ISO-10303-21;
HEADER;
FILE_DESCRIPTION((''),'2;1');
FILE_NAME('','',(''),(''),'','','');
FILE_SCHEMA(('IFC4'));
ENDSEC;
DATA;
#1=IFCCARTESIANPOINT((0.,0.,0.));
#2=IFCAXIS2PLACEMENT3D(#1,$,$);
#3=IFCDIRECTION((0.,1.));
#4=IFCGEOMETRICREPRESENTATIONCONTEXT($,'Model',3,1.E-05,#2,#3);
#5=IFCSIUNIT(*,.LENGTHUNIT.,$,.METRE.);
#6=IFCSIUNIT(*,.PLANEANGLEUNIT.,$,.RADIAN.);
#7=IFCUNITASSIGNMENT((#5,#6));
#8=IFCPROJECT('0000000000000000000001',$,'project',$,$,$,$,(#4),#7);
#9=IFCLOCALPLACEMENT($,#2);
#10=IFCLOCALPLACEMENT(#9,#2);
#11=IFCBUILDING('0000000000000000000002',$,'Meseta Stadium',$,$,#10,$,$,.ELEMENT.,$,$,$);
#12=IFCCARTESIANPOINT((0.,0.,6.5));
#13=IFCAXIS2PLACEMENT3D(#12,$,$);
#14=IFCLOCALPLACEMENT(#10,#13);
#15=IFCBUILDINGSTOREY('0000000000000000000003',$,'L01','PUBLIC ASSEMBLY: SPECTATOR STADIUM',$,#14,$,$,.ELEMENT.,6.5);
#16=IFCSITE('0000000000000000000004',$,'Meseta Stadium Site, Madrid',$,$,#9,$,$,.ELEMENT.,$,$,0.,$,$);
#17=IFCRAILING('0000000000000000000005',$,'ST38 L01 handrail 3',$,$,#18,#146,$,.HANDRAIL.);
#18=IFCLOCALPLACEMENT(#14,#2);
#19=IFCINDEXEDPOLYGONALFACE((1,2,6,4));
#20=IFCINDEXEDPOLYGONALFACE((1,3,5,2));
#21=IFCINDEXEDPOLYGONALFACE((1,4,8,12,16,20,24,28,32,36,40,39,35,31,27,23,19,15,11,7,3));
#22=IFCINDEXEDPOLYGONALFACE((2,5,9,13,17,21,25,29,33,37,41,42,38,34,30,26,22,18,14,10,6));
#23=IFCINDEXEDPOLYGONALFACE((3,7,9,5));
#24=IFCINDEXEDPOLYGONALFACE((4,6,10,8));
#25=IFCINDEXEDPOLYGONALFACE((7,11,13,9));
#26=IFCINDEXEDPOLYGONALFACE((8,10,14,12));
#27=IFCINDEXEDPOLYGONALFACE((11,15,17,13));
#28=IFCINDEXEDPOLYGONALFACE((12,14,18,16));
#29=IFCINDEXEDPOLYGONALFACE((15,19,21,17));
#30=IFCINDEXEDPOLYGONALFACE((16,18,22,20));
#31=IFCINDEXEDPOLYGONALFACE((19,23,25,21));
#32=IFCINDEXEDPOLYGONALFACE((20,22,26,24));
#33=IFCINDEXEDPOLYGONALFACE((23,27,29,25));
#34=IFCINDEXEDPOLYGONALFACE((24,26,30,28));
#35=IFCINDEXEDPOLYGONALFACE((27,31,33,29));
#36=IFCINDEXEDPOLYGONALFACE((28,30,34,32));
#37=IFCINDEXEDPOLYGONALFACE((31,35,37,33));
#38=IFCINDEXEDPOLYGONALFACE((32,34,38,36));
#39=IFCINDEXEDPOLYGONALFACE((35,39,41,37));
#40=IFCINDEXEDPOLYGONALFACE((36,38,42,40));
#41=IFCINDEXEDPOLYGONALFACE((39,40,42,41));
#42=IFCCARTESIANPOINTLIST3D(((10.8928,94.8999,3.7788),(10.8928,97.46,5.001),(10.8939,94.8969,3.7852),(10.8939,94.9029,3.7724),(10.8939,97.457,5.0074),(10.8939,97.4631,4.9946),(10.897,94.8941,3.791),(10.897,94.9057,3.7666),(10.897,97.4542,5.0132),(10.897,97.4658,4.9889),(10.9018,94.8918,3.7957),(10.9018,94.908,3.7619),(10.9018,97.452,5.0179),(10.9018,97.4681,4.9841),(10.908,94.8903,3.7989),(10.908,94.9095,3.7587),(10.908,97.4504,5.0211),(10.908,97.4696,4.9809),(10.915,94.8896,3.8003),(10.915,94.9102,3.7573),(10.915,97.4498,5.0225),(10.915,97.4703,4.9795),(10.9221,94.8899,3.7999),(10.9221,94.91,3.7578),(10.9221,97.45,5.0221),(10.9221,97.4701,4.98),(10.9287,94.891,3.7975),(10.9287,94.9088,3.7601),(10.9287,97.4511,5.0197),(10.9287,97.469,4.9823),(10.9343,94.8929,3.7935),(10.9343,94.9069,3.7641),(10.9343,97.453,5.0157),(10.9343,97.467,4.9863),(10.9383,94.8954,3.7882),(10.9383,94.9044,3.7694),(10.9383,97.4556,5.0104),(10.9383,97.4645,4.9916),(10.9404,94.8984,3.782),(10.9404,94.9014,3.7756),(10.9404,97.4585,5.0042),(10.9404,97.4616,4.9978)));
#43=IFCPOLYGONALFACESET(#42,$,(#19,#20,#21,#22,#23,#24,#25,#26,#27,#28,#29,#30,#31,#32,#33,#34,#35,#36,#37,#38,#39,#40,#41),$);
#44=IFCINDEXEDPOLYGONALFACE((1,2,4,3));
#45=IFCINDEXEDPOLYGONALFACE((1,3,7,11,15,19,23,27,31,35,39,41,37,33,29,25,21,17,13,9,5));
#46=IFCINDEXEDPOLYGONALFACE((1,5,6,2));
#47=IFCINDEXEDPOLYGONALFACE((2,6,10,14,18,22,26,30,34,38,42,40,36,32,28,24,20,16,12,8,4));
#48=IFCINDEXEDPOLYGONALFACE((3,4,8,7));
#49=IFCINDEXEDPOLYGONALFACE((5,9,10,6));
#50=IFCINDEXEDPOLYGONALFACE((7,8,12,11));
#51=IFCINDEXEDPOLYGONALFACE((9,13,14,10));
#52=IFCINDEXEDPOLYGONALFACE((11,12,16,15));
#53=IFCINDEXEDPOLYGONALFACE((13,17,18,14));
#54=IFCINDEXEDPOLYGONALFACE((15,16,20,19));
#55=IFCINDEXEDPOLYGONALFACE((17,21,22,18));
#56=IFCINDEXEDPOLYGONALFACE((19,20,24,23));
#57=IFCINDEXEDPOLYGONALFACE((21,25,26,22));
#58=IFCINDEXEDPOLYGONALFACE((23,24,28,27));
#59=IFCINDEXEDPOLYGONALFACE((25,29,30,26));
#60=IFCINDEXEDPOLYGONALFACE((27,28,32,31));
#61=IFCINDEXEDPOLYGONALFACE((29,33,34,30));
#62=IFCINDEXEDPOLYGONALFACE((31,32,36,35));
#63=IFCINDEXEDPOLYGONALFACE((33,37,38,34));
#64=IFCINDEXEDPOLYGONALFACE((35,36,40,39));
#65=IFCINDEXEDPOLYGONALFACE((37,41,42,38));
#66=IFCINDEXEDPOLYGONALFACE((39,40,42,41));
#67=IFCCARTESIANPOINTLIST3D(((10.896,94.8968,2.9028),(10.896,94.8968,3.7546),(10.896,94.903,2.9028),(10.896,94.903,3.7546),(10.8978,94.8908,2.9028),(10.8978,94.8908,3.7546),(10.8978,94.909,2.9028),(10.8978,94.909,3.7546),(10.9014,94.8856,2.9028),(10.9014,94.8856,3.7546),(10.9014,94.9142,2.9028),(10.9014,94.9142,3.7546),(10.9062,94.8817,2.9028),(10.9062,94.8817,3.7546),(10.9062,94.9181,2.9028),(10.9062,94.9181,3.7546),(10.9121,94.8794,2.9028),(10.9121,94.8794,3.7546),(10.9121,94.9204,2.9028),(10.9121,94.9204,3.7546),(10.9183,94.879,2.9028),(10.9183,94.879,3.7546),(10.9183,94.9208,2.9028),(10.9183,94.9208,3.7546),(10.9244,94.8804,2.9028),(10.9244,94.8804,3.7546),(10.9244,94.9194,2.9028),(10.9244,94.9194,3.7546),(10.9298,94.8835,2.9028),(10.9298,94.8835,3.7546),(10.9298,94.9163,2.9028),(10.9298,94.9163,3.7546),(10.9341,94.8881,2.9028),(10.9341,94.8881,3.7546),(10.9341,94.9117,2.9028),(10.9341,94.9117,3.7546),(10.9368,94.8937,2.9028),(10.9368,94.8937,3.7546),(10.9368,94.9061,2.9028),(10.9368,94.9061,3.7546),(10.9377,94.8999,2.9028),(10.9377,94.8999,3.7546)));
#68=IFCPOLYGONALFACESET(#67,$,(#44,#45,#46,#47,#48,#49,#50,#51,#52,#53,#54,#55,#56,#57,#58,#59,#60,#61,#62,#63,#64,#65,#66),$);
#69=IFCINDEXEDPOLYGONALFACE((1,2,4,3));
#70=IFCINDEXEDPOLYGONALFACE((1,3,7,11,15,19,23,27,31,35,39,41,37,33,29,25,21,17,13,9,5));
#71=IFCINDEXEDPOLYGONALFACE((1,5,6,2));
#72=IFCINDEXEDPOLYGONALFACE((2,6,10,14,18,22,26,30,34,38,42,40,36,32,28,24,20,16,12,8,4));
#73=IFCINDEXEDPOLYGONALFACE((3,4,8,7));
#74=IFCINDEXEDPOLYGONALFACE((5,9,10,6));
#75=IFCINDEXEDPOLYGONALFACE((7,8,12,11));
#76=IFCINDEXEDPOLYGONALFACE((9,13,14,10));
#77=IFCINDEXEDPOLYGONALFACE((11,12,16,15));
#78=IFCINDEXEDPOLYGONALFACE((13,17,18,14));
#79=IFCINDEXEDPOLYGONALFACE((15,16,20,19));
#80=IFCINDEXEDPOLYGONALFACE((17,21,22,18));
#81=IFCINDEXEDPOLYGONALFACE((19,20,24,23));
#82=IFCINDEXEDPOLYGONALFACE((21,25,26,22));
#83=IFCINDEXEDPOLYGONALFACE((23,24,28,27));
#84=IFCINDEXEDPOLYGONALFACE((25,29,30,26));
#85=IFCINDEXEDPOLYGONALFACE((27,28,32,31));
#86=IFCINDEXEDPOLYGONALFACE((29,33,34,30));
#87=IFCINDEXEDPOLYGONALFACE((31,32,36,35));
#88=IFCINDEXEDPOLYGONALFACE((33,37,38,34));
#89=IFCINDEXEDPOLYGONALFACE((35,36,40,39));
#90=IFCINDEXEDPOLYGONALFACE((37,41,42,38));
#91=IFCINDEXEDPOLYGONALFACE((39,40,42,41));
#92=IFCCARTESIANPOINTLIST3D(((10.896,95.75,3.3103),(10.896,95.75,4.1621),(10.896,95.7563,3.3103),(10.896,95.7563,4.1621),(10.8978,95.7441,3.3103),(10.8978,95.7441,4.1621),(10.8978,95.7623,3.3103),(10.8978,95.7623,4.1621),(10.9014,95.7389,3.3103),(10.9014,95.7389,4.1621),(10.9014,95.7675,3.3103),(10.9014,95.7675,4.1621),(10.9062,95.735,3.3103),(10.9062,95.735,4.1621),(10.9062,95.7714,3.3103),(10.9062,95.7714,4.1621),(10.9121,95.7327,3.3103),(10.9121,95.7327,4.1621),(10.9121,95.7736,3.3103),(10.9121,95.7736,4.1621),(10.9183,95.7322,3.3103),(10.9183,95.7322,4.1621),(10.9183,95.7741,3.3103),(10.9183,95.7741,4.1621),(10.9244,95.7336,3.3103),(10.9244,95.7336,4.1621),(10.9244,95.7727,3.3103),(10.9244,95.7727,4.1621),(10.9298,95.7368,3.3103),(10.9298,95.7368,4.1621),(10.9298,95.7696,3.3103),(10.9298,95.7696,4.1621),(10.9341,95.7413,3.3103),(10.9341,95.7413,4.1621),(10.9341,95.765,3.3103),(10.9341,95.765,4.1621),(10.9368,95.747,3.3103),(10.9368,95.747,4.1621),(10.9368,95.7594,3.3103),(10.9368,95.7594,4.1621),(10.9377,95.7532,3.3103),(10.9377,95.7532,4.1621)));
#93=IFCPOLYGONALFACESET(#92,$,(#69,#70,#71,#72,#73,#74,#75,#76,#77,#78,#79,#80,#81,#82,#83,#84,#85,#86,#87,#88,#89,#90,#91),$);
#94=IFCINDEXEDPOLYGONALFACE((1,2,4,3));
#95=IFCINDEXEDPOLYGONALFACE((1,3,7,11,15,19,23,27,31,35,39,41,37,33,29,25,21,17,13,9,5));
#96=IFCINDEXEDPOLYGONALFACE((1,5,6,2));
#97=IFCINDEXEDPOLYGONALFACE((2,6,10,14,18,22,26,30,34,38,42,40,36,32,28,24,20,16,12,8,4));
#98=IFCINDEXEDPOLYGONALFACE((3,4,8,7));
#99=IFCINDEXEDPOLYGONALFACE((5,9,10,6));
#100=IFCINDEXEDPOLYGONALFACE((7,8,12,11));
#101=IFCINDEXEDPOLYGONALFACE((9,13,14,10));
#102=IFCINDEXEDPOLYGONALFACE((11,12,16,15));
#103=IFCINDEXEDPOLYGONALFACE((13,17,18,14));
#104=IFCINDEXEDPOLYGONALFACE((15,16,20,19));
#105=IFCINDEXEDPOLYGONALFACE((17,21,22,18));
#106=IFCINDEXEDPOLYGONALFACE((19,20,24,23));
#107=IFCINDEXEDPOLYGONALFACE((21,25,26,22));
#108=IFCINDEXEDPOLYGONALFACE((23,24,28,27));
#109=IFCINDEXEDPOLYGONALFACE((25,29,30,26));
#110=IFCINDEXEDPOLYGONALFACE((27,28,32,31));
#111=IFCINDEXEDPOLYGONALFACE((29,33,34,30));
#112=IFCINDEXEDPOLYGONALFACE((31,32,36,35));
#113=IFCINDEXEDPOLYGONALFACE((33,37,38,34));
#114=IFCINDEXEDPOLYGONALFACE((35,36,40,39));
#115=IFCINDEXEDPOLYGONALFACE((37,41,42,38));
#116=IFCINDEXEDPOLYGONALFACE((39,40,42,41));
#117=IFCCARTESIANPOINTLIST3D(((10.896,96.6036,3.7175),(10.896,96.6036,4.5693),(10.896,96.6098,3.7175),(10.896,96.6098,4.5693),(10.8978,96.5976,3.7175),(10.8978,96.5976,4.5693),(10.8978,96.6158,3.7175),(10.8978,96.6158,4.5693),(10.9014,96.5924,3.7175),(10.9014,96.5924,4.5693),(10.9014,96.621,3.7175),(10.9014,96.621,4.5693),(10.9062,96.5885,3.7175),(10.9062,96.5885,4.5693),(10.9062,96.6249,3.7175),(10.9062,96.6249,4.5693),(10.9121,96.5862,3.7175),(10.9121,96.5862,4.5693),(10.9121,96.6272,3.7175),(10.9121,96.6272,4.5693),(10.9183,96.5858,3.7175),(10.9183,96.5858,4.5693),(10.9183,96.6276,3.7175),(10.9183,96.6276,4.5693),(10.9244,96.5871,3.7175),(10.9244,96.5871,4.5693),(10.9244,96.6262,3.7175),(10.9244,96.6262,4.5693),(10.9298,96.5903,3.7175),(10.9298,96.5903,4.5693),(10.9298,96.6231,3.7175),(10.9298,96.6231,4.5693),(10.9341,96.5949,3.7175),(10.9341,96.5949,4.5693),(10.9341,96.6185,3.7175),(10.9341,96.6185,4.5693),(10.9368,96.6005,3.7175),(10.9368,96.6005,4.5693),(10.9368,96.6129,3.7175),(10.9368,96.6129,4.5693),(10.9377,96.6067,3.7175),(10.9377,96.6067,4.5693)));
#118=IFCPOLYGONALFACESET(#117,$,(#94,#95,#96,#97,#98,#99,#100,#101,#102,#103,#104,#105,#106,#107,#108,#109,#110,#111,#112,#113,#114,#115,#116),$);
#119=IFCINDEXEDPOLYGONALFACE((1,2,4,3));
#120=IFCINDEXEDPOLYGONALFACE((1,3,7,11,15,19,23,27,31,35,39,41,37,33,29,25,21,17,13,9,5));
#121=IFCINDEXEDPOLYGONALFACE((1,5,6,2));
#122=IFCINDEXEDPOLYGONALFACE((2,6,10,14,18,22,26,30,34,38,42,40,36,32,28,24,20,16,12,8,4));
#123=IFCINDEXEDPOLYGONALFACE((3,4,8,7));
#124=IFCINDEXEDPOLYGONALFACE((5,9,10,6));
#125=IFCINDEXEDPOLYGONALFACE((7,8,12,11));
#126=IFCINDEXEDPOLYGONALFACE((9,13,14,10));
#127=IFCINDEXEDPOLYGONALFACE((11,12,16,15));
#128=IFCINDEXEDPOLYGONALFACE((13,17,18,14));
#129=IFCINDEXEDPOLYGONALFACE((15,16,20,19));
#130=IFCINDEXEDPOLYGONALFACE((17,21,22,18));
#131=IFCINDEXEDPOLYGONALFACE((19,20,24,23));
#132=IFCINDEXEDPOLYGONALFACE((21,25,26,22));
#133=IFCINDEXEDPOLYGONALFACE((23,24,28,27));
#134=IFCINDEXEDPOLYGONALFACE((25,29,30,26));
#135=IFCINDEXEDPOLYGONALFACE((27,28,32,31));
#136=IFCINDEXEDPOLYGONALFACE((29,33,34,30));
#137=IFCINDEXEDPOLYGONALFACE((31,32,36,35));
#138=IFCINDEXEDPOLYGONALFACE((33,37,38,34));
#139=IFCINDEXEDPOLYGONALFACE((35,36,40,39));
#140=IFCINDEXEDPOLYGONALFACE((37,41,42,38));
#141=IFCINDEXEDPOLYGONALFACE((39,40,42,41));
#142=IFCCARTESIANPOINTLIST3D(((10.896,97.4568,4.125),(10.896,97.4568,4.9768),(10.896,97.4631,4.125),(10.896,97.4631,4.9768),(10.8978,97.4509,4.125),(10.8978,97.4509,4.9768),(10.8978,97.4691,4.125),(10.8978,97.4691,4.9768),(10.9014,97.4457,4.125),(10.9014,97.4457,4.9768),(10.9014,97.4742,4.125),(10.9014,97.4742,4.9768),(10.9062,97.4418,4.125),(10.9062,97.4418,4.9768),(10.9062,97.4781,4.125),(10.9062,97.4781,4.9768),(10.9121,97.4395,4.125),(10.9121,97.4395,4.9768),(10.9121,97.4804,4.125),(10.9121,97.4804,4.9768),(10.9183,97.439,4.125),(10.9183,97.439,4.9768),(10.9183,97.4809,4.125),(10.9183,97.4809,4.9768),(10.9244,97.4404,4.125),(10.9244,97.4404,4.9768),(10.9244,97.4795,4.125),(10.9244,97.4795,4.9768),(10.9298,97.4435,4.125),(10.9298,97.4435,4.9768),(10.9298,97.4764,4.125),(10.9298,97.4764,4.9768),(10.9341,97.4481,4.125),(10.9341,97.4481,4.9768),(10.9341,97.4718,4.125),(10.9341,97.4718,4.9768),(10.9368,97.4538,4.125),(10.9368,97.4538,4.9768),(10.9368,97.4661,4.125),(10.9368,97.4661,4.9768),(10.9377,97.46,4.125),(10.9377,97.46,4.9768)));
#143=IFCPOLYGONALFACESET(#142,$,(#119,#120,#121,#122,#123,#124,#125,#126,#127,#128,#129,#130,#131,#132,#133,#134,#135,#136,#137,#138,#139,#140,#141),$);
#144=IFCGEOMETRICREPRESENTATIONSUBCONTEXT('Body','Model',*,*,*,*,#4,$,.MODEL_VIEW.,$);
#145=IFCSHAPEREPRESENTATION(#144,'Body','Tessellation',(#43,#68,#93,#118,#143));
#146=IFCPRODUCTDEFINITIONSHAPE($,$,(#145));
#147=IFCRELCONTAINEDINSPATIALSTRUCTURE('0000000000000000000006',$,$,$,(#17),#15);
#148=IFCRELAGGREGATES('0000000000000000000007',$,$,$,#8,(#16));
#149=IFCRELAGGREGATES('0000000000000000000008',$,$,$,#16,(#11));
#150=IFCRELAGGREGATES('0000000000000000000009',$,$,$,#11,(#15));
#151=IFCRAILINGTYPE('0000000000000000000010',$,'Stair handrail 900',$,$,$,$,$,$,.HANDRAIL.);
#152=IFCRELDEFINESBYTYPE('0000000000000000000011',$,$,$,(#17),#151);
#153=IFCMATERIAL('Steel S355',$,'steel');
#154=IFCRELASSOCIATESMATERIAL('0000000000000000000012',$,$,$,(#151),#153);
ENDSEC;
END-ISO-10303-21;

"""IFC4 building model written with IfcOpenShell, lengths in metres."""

from ifc_helpers import new_model, si_unit, direction, frame, origin, origin_2d, place, context, subcontext, project, spatial, circle, extrude, material, type_object, element, save


model = new_model("IFC4")

# Units and contexts
model_context = context("Model", 3, precision=1e-05, world=origin(), true_north=direction((0.0, 1.0)))
body_context = subcontext(model_context, "Body", "Model", "MODEL_VIEW")
ifc_project = project(units=[si_unit("LENGTHUNIT", "METRE"), si_unit("PLANEANGLEUNIT", "RADIAN")], contexts=[model_context])

# Site, building, storey
site_placement = place(None, origin())
site = spatial("IfcSite", under=ifc_project, at=site_placement, Name="Meseta Stadium Site, Madrid", CompositionType="ELEMENT", RefElevation=0.0)
building_placement = place(site_placement, origin())
building = spatial("IfcBuilding", under=site, at=building_placement, Name="Meseta Stadium", CompositionType="ELEMENT")
storey_placement = place(building_placement, frame((0.0, 0.0, 6.5)))
storey = spatial("IfcBuildingStorey", under=building, at=storey_placement, Name="L01", Description="PUBLIC ASSEMBLY: SPECTATOR STADIUM", CompositionType="ELEMENT", Elevation=6.5)

# Railing
ifc_material_1 = material(Name="Steel S355", Category="steel")
railing_type_1 = type_object("IfcRailingType", Name="Stair handrail 900", PredefinedType="HANDRAIL", material=ifc_material_1)
railing_1_placement = place(storey_placement, frame((10.9167, 94.8999, 2.9028)))
element("IfcRailing", 1, at=railing_1_placement, inside=storey, type_object=railing_type_1, Name="ST38 L01 handrail 3", PredefinedType="HANDRAIL", context=body_context, shape_type="SweptSolid", body=[
    extrude(circle(Radius=0.0239, at=origin_2d()), frame((0.0, 0.0, 0.876), z_axis=(0.0, 0.902437, 0.430822), x_axis=(-1.0, 0.0, 0.0)), (0.0, 0.0, 1.0), 2.8369),
    extrude(circle(Radius=0.021, at=origin_2d()), origin(), (0.0, 0.0, 1.0), 0.8518),
    extrude(circle(Radius=0.021, at=origin_2d()), frame((0.0, 0.8533, 0.4075)), (0.0, 0.0, 1.0), 0.8518),
    extrude(circle(Radius=0.021, at=origin_2d()), frame((0.0, 1.7068, 0.8147)), (0.0, 0.0, 1.0), 0.8518),
    extrude(circle(Radius=0.021, at=origin_2d()), frame((0.0, 2.5601, 1.2222)), (0.0, 0.0, 1.0), 0.8518),
])

save(model, "model.ifc")
